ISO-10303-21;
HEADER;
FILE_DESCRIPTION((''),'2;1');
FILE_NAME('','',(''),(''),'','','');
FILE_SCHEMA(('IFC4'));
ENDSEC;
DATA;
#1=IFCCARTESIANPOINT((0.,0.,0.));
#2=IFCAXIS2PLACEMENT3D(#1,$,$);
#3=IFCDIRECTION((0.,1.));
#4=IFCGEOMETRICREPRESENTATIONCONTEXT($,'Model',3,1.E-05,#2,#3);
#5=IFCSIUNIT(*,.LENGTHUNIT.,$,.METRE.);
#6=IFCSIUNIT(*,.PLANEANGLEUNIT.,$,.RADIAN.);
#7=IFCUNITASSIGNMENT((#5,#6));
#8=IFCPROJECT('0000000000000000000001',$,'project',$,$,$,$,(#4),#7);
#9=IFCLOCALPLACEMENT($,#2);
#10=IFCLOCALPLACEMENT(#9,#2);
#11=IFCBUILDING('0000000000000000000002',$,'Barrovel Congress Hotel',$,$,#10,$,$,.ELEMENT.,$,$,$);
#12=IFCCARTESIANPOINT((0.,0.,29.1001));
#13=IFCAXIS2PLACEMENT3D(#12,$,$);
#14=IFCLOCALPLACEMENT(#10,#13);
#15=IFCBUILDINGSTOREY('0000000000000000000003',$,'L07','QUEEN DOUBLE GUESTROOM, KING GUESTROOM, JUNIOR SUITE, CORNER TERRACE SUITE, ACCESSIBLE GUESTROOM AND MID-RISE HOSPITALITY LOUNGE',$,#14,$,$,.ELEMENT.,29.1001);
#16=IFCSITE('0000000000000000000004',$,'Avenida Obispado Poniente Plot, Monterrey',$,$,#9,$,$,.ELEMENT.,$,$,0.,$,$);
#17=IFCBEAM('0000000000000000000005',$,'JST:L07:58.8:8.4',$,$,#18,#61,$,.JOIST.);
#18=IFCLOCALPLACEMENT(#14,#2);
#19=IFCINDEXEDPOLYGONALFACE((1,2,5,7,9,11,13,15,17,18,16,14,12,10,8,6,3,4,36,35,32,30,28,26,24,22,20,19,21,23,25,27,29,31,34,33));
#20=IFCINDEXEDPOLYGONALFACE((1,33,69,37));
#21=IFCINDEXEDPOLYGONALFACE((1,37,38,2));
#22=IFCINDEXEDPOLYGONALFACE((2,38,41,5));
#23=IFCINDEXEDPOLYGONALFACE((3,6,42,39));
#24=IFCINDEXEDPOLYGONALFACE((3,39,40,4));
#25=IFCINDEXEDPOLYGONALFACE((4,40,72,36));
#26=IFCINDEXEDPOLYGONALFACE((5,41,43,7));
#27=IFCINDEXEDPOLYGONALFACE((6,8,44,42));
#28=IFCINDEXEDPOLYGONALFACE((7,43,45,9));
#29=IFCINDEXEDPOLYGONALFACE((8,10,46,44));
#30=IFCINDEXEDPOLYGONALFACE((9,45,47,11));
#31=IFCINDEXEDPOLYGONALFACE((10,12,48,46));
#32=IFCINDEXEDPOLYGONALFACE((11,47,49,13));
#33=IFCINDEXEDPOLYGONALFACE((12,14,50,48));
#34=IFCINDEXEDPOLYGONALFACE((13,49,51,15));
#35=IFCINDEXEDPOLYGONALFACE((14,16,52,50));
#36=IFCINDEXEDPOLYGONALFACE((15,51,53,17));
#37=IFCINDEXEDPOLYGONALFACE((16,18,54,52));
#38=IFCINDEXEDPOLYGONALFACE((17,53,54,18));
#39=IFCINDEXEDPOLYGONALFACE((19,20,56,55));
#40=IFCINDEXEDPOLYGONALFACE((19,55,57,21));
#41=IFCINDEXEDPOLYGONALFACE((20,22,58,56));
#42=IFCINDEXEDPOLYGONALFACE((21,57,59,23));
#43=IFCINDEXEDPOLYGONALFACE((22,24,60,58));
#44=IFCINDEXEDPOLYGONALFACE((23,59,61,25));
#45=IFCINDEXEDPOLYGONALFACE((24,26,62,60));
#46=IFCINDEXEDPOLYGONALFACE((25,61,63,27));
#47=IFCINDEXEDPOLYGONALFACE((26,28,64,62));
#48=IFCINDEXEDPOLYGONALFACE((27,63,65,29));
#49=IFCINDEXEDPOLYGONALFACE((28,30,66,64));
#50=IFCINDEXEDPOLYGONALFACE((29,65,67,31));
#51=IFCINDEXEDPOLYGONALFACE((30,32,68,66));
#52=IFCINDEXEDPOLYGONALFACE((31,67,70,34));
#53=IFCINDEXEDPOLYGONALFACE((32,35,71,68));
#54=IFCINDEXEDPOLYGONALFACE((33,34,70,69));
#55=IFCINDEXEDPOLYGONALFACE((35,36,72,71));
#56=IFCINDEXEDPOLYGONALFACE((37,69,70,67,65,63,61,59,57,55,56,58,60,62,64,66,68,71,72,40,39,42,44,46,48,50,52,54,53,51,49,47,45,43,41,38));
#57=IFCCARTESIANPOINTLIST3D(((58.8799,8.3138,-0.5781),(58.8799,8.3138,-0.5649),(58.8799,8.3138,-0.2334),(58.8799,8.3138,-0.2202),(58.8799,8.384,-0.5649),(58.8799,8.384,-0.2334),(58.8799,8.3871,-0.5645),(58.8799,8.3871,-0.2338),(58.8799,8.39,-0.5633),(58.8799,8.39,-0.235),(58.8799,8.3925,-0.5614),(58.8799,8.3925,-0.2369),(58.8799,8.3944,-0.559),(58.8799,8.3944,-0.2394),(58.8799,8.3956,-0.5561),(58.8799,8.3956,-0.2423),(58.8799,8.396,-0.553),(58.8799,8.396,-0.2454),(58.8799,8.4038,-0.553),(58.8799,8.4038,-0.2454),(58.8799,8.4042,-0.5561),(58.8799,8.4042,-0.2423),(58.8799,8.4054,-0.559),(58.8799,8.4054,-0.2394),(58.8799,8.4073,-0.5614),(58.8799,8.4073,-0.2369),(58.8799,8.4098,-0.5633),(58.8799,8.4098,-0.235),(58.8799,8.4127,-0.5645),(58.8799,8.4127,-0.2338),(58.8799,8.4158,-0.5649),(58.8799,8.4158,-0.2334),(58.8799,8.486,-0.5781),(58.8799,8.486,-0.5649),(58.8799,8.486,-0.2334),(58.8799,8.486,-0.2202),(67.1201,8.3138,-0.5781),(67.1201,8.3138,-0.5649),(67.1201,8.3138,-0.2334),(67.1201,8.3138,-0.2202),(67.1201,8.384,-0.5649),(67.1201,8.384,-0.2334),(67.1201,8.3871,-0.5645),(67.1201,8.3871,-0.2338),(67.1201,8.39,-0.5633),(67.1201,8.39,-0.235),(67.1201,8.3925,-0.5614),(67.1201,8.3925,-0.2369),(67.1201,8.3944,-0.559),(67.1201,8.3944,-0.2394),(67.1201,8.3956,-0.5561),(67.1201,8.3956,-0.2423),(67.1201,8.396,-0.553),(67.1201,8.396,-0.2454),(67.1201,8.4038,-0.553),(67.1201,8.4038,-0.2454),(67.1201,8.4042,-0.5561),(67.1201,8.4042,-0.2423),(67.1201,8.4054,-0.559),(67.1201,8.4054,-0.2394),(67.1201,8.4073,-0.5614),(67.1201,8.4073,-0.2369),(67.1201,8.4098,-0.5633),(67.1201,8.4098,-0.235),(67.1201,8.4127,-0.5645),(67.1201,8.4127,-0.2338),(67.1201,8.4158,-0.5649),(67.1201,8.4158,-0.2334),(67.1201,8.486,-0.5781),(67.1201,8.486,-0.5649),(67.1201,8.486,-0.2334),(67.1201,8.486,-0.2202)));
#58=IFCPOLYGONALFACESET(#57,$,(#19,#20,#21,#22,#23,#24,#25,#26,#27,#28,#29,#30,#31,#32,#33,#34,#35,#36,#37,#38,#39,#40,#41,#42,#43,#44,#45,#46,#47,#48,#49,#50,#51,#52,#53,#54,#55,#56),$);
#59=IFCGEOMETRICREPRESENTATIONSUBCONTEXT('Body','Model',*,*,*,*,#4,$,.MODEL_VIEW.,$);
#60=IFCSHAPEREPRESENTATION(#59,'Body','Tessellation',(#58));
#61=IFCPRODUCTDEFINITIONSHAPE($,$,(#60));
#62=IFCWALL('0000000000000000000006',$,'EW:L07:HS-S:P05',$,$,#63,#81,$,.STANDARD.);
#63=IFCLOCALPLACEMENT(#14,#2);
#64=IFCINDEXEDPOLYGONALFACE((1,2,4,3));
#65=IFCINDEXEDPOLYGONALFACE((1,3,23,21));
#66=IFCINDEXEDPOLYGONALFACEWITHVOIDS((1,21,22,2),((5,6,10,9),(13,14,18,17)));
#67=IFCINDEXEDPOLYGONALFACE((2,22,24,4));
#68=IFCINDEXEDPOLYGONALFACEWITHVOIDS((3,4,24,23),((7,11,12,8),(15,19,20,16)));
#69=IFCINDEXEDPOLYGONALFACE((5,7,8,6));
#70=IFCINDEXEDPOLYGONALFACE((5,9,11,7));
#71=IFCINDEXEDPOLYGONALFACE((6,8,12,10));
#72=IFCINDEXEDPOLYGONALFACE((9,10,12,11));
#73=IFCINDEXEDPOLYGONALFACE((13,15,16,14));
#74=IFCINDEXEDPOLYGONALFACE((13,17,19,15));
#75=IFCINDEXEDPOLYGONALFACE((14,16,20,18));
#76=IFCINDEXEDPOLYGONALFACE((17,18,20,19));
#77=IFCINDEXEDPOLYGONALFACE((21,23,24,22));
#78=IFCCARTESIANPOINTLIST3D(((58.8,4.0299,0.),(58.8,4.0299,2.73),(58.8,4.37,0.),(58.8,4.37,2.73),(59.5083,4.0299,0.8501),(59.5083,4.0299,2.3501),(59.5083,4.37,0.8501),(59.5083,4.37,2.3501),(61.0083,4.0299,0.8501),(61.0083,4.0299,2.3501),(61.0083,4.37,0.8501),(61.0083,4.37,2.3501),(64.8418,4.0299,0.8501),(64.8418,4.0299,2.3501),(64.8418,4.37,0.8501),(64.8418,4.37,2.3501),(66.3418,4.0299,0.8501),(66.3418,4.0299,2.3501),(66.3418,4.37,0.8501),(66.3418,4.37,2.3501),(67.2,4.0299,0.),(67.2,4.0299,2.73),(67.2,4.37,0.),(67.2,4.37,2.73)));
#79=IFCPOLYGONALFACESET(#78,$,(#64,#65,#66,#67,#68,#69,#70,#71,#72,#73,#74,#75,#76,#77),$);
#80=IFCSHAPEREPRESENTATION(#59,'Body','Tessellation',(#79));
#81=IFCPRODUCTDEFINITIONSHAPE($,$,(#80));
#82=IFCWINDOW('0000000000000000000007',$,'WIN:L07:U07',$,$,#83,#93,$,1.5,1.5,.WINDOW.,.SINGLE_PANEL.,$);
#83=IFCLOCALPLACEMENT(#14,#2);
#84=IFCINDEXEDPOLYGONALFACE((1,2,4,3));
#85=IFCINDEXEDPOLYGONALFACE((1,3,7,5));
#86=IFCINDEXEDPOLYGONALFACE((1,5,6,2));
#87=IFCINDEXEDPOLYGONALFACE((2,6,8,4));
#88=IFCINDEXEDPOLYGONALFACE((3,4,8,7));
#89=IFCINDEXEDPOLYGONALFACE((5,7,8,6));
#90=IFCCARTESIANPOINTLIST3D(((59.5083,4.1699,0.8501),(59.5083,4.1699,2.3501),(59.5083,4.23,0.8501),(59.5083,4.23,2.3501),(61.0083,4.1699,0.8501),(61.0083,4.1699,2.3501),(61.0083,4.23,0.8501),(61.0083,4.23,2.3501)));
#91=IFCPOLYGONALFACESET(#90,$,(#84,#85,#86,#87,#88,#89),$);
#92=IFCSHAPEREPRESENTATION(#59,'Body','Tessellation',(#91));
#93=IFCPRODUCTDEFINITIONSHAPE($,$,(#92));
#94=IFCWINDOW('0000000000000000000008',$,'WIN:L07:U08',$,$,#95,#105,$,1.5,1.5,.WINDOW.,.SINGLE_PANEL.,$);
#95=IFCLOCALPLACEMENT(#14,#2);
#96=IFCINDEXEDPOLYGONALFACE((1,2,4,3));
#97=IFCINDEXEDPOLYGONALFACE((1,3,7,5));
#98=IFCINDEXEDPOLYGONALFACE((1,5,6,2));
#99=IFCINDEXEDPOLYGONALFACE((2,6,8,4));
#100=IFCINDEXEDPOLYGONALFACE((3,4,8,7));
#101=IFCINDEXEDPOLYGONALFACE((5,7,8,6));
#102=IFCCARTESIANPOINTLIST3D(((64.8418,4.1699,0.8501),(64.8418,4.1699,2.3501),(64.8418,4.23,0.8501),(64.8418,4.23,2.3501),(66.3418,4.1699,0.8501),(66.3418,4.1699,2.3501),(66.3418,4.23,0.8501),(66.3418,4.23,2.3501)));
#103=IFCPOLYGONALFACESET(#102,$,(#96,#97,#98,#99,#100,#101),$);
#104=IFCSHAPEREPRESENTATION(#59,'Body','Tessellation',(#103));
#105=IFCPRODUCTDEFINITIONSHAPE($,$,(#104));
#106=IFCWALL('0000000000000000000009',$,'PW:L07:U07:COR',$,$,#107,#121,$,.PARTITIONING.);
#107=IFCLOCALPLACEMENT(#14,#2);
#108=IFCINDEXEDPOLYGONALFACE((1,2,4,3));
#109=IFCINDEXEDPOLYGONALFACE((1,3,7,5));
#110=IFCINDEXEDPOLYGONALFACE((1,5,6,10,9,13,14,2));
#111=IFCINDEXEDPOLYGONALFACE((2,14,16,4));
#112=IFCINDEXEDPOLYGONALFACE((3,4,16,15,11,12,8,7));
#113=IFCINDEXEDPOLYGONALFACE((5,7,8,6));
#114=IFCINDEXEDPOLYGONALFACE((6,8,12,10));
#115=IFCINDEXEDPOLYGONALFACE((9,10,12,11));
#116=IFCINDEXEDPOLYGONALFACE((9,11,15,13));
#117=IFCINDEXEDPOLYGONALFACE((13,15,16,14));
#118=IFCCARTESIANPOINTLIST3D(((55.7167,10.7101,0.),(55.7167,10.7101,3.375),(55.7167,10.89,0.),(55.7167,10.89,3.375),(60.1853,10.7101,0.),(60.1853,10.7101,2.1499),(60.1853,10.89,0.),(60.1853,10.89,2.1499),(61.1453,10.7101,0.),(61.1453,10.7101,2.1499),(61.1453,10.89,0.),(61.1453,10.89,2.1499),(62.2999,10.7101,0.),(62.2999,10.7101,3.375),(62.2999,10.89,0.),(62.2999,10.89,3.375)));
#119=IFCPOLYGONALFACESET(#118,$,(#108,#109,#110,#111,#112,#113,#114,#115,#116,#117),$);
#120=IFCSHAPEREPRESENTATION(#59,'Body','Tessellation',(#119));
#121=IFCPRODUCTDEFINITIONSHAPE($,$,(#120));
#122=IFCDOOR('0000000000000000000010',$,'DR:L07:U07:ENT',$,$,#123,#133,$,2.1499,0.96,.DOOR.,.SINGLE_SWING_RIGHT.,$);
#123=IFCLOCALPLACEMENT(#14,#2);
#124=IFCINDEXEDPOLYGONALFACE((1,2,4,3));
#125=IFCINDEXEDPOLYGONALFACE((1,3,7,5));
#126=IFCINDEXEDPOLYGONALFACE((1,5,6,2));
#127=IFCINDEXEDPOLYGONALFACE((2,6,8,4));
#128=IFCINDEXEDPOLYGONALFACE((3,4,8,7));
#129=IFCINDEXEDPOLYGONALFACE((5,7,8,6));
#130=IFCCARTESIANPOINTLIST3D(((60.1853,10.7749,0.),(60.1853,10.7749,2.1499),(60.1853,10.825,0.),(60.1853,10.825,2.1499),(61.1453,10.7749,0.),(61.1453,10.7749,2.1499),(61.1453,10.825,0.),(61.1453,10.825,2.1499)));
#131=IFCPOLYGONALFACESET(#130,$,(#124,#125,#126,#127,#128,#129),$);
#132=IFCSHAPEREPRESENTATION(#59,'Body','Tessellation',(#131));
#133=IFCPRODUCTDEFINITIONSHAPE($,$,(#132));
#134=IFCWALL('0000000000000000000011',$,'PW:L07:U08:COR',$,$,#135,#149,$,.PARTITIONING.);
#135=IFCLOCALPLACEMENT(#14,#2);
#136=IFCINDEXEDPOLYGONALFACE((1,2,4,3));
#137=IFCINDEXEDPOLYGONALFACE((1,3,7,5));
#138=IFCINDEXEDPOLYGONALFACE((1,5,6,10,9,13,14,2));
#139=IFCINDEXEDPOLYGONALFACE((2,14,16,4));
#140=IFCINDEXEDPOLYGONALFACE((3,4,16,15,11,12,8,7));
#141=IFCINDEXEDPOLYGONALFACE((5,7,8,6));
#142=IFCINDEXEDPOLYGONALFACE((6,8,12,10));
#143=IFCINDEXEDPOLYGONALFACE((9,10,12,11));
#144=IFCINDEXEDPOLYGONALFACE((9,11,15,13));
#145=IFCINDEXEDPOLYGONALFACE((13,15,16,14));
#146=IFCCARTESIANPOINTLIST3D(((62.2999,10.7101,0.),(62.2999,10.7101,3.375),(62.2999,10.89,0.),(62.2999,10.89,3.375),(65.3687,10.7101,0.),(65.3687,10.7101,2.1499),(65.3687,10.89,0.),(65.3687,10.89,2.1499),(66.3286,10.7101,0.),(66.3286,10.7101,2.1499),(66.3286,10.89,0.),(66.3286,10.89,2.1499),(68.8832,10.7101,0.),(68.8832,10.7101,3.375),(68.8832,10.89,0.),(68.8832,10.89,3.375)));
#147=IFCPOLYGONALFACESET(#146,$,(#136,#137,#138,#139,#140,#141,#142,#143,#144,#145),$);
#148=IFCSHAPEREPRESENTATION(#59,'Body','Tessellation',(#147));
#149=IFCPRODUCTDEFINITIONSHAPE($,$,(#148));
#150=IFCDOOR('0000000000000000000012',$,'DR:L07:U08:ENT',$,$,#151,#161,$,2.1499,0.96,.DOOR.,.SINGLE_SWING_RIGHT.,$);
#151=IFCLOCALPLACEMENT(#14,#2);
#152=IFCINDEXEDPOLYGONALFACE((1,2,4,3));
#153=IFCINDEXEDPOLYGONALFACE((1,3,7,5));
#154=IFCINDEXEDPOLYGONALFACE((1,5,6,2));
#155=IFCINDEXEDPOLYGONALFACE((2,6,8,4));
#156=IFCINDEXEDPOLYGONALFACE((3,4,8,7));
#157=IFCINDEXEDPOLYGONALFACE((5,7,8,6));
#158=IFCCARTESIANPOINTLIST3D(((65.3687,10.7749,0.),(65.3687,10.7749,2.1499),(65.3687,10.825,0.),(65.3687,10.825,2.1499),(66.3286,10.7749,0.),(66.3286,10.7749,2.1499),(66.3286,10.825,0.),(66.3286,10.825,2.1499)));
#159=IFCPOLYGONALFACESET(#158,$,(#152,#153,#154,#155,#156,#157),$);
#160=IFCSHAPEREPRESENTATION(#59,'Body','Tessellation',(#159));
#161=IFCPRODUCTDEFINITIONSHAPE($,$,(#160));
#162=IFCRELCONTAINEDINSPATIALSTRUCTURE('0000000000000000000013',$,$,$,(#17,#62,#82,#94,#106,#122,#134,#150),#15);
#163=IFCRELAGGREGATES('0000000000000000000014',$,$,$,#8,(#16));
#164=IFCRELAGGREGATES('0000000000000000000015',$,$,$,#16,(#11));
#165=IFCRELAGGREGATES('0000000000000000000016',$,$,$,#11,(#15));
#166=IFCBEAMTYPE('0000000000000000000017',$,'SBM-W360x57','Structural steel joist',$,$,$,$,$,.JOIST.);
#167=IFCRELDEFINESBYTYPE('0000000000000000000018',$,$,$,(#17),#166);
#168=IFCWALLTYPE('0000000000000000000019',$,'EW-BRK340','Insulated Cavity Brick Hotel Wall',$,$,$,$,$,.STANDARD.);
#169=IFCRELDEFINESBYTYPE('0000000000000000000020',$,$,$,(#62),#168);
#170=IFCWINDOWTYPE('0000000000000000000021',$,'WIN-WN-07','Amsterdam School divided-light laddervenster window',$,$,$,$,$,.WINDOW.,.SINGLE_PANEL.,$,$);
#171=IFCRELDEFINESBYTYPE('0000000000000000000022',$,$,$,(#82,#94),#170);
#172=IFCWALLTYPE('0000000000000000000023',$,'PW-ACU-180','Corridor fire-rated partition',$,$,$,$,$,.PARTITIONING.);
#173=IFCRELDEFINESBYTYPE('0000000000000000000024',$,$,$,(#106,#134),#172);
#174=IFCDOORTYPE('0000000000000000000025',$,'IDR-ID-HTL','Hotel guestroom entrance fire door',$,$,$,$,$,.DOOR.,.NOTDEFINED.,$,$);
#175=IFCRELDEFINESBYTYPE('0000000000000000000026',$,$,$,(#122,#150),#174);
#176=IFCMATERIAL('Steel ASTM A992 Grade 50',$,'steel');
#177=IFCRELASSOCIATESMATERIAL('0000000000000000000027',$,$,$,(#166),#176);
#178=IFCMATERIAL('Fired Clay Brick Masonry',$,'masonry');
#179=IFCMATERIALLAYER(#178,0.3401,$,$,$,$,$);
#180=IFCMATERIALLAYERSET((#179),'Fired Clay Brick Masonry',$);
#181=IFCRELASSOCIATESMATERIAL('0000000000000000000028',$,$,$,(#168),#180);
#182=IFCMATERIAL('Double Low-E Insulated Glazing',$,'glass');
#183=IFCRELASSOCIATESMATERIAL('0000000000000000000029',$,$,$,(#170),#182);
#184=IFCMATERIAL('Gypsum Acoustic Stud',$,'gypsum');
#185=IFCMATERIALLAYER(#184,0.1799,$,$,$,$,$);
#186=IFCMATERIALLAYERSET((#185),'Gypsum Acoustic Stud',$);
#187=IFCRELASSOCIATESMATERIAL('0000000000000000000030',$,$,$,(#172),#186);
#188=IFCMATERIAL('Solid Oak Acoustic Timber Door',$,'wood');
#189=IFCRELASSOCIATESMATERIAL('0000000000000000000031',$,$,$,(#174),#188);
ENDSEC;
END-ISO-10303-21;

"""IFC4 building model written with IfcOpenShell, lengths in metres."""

from ifc_helpers import new_model, si_unit, direction, frame, frame_2d, origin, origin_2d, place, context, subcontext, project, spatial, rectangle, i_section, extrude, material, layer, layer_set, material_profile, profile_set, type_object, element, fill, save


model = new_model("IFC4")

# Units and contexts
model_context = context("Model", 3, precision=1e-05, world=origin(), true_north=direction((0.0, 1.0)))
body_context = subcontext(model_context, "Body", "Model", "MODEL_VIEW")
ifc_project = project(units=[si_unit("LENGTHUNIT", "METRE"), si_unit("PLANEANGLEUNIT", "RADIAN")], contexts=[model_context])

# Site, building, storey
site_placement = place(None, origin())
site = spatial("IfcSite", under=ifc_project, at=site_placement, Name="Avenida Obispado Poniente Plot, Monterrey", CompositionType="ELEMENT", RefElevation=0.0)
building_placement = place(site_placement, origin())
building = spatial("IfcBuilding", under=site, at=building_placement, Name="Barrovel Congress Hotel", CompositionType="ELEMENT")
storey_placement = place(building_placement, frame((0.0, 0.0, 29.1001)))
storey = spatial("IfcBuildingStorey", under=building, at=storey_placement, Name="L07", Description="QUEEN DOUBLE GUESTROOM, KING GUESTROOM, JUNIOR SUITE, CORNER TERRACE SUITE, ACCESSIBLE GUESTROOM AND MID-RISE HOSPITALITY LOUNGE", CompositionType="ELEMENT", Elevation=29.1001)

# Beam
ifc_material_1 = material(Name="Steel ASTM A992 Grade 50", Category="steel")
ifc_material_profile_1 = material_profile(ifc_material_1, i_section(OverallWidth=0.1721, OverallDepth=0.3579, WebThickness=0.0078, FlangeThickness=0.0132, FilletRadius=0.012, at=origin_2d()), Name="W360x57")
ifc_profile_set_1 = profile_set([ifc_material_profile_1], Name="Steel ASTM A992 Grade 50")
beam_type_1 = type_object("IfcBeamType", Name="SBM-W360x57", Description="Structural steel joist", PredefinedType="JOIST", material=ifc_profile_set_1)
beam_1_placement = place(storey_placement, frame((58.8799, 8.3999, -0.3992), z_axis=(1.0, 0.0, 0.0), x_axis=(0.0, 1.0, 0.0)))
element("IfcBeam", 1, at=beam_1_placement, inside=storey, type_object=beam_type_1, Name="JST:L07:58.8:8.4", PredefinedType="JOIST", context=body_context, shape_type="SweptSolid", body=[
    extrude(i_section(OverallWidth=0.1721, OverallDepth=0.3579, WebThickness=0.0078, FlangeThickness=0.0132, FilletRadius=0.012, at=origin_2d()), origin(), (0.0, 0.0, 1.0), 8.2402),
])

# Wall, openings, windows
ifc_material_2 = material(Name="Fired Clay Brick Masonry", Category="masonry")
ifc_layer_1 = layer(ifc_material_2, 0.3401)
ifc_layer_set_1 = layer_set([ifc_layer_1], Name="Fired Clay Brick Masonry")
wall_type_1 = type_object("IfcWallType", Name="EW-BRK340", Description="Insulated Cavity Brick Hotel Wall", PredefinedType="STANDARD", material=ifc_layer_set_1)
wall_1_placement = place(storey_placement, frame((58.8, 4.2, 0.0), z_axis=(0.0, 0.0, 1.0), x_axis=(1.0, 0.0, 0.0)))
wall_1 = element("IfcWall", 2, at=wall_1_placement, inside=storey, type_object=wall_type_1, Name="EW:L07:HS-S:P05", PredefinedType="STANDARD", context=body_context, shape_type="SweptSolid", body=[
    extrude(rectangle(XDim=8.3999, YDim=0.3401, at=frame_2d((4.2, 0.0))), origin(), (0.0, 0.0, 1.0), 2.73),
])
opening_1_placement = place(wall_1_placement, frame((0.7083, 0.0, 0.8501)))
opening_1 = element("IfcOpeningElement", 3, at=opening_1_placement, cuts=wall_1, PredefinedType="OPENING", context=body_context, shape_type="SweptSolid", body=[
    extrude(rectangle(XDim=1.5, YDim=1.5, at=frame_2d((0.75, 0.75))), frame((0.0, 0.1802, 0.0), z_axis=(0.0, -1.0, 0.0), x_axis=(1.0, 0.0, 0.0)), (0.0, 0.0, 1.0), 0.3601),
])
opening_2_placement = place(wall_1_placement, frame((6.0417, 0.0, 0.8501)))
opening_2 = element("IfcOpeningElement", 4, at=opening_2_placement, cuts=wall_1, PredefinedType="OPENING", context=body_context, shape_type="SweptSolid", body=[
    extrude(rectangle(XDim=1.5, YDim=1.5, at=frame_2d((0.75, 0.75))), frame((0.0, 0.1802, 0.0), z_axis=(0.0, -1.0, 0.0), x_axis=(1.0, 0.0, 0.0)), (0.0, 0.0, 1.0), 0.3601),
])
ifc_material_3 = material(Name="Double Low-E Insulated Glazing", Category="glass")
window_type = type_object("IfcWindowType", Name="WIN-WN-07", Description="Amsterdam School divided-light laddervenster window", PartitioningType="SINGLE_PANEL", PredefinedType="WINDOW", material=ifc_material_3)
window_1_placement = place(opening_1_placement, origin())
window_1 = element("IfcWindow", 5, at=window_1_placement, inside=storey, type_object=window_type, Name="WIN:L07:U07", OverallHeight=1.5, OverallWidth=1.5, PartitioningType="SINGLE_PANEL", PredefinedType="WINDOW", context=body_context, shape_type="SweptSolid", body=[
    extrude(rectangle(XDim=1.5, YDim=1.5, at=frame_2d((0.75, 0.75))), frame((0.0, 0.03, 0.0), z_axis=(0.0, -1.0, 0.0), x_axis=(1.0, 0.0, 0.0)), (0.0, 0.0, 1.0), 0.0601),
])
fill(opening_1, window_1)
window_2_placement = place(opening_2_placement, origin())
window_2 = element("IfcWindow", 6, at=window_2_placement, inside=storey, type_object=window_type, Name="WIN:L07:U08", OverallHeight=1.5, OverallWidth=1.5, PartitioningType="SINGLE_PANEL", PredefinedType="WINDOW", context=body_context, shape_type="SweptSolid", body=[
    extrude(rectangle(XDim=1.5, YDim=1.5, at=frame_2d((0.75, 0.75))), frame((0.0, 0.03, 0.0), z_axis=(0.0, -1.0, 0.0), x_axis=(1.0, 0.0, 0.0)), (0.0, 0.0, 1.0), 0.0601),
])
fill(opening_2, window_2)

# Walls, openings, doors
ifc_material_4 = material(Name="Gypsum Acoustic Stud", Category="gypsum")
ifc_layer_2 = layer(ifc_material_4, 0.1799)
ifc_layer_set_2 = layer_set([ifc_layer_2], Name="Gypsum Acoustic Stud")
wall_type_2 = type_object("IfcWallType", Name="PW-ACU-180", Description="Corridor fire-rated partition", PredefinedType="PARTITIONING", material=ifc_layer_set_2)
wall_2_placement = place(storey_placement, frame((55.7168, 10.8, 0.0), z_axis=(0.0, 0.0, 1.0), x_axis=(1.0, 0.0, 0.0)))
wall_2 = element("IfcWall", 7, at=wall_2_placement, inside=storey, type_object=wall_type_2, Name="PW:L07:U07:COR", PredefinedType="PARTITIONING", context=body_context, shape_type="SweptSolid", body=[
    extrude(rectangle(XDim=6.5833, YDim=0.1799, at=frame_2d((3.2915, 0.0))), origin(), (0.0, 0.0, 1.0), 3.375),
])
opening_3_placement = place(wall_2_placement, frame((4.4685, 0.0, 0.0)))
opening_3 = element("IfcOpeningElement", 8, at=opening_3_placement, cuts=wall_2, PredefinedType="OPENING", context=body_context, shape_type="SweptSolid", body=[
    extrude(rectangle(XDim=0.96, YDim=2.1499, at=frame_2d((0.48, 1.075))), frame((0.0, 0.1001, 0.0), z_axis=(0.0, -1.0, 0.0), x_axis=(1.0, 0.0, 0.0)), (0.0, 0.0, 1.0), 0.2),
])
ifc_material_5 = material(Name="Solid Oak Acoustic Timber Door", Category="wood")
door_type_1 = type_object("IfcDoorType", Name="IDR-ID-HTL", Description="Hotel guestroom entrance fire door", OperationType="NOTDEFINED", PredefinedType="DOOR", material=ifc_material_5)
door_1_placement = place(opening_3_placement, origin())
door_1 = element("IfcDoor", 9, at=door_1_placement, inside=storey, type_object=door_type_1, Name="DR:L07:U07:ENT", OperationType="SINGLE_SWING_RIGHT", OverallHeight=2.1499, OverallWidth=0.96, PredefinedType="DOOR", context=body_context, shape_type="SweptSolid", body=[
    extrude(rectangle(XDim=0.96, YDim=2.1499, at=frame_2d((0.48, 1.075))), frame((0.0, 0.0249, 0.0), z_axis=(0.0, -1.0, 0.0), x_axis=(1.0, 0.0, 0.0)), (0.0, 0.0, 1.0), 0.05),
])
fill(opening_3, door_1)
wall_3_placement = place(storey_placement, frame((62.3, 10.8, 0.0), z_axis=(0.0, 0.0, 1.0), x_axis=(1.0, 0.0, 0.0)))
wall_3 = element("IfcWall", 10, at=wall_3_placement, inside=storey, type_object=wall_type_2, Name="PW:L07:U08:COR", PredefinedType="PARTITIONING", context=body_context, shape_type="SweptSolid", body=[
    extrude(rectangle(XDim=6.5833, YDim=0.1799, at=frame_2d((3.2915, 0.0))), origin(), (0.0, 0.0, 1.0), 3.375),
])
opening_4_placement = place(wall_3_placement, frame((3.0686, 0.0, 0.0)))
opening_4 = element("IfcOpeningElement", 11, at=opening_4_placement, cuts=wall_3, PredefinedType="OPENING", context=body_context, shape_type="SweptSolid", body=[
    extrude(rectangle(XDim=0.96, YDim=2.1499, at=frame_2d((0.48, 1.075))), frame((0.0, 0.1001, 0.0), z_axis=(0.0, -1.0, 0.0), x_axis=(1.0, 0.0, 0.0)), (0.0, 0.0, 1.0), 0.2),
])
door_2_placement = place(opening_4_placement, origin())
door_2 = element("IfcDoor", 12, at=door_2_placement, inside=storey, type_object=door_type_1, Name="DR:L07:U08:ENT", OperationType="SINGLE_SWING_RIGHT", OverallHeight=2.1499, OverallWidth=0.96, PredefinedType="DOOR", context=body_context, shape_type="SweptSolid", body=[
    extrude(rectangle(XDim=0.96, YDim=2.1499, at=frame_2d((0.48, 1.075))), frame((0.0, 0.0249, 0.0), z_axis=(0.0, -1.0, 0.0), x_axis=(1.0, 0.0, 0.0)), (0.0, 0.0, 1.0), 0.05),
])
fill(opening_4, door_2)

save(model, "model.ifc")
